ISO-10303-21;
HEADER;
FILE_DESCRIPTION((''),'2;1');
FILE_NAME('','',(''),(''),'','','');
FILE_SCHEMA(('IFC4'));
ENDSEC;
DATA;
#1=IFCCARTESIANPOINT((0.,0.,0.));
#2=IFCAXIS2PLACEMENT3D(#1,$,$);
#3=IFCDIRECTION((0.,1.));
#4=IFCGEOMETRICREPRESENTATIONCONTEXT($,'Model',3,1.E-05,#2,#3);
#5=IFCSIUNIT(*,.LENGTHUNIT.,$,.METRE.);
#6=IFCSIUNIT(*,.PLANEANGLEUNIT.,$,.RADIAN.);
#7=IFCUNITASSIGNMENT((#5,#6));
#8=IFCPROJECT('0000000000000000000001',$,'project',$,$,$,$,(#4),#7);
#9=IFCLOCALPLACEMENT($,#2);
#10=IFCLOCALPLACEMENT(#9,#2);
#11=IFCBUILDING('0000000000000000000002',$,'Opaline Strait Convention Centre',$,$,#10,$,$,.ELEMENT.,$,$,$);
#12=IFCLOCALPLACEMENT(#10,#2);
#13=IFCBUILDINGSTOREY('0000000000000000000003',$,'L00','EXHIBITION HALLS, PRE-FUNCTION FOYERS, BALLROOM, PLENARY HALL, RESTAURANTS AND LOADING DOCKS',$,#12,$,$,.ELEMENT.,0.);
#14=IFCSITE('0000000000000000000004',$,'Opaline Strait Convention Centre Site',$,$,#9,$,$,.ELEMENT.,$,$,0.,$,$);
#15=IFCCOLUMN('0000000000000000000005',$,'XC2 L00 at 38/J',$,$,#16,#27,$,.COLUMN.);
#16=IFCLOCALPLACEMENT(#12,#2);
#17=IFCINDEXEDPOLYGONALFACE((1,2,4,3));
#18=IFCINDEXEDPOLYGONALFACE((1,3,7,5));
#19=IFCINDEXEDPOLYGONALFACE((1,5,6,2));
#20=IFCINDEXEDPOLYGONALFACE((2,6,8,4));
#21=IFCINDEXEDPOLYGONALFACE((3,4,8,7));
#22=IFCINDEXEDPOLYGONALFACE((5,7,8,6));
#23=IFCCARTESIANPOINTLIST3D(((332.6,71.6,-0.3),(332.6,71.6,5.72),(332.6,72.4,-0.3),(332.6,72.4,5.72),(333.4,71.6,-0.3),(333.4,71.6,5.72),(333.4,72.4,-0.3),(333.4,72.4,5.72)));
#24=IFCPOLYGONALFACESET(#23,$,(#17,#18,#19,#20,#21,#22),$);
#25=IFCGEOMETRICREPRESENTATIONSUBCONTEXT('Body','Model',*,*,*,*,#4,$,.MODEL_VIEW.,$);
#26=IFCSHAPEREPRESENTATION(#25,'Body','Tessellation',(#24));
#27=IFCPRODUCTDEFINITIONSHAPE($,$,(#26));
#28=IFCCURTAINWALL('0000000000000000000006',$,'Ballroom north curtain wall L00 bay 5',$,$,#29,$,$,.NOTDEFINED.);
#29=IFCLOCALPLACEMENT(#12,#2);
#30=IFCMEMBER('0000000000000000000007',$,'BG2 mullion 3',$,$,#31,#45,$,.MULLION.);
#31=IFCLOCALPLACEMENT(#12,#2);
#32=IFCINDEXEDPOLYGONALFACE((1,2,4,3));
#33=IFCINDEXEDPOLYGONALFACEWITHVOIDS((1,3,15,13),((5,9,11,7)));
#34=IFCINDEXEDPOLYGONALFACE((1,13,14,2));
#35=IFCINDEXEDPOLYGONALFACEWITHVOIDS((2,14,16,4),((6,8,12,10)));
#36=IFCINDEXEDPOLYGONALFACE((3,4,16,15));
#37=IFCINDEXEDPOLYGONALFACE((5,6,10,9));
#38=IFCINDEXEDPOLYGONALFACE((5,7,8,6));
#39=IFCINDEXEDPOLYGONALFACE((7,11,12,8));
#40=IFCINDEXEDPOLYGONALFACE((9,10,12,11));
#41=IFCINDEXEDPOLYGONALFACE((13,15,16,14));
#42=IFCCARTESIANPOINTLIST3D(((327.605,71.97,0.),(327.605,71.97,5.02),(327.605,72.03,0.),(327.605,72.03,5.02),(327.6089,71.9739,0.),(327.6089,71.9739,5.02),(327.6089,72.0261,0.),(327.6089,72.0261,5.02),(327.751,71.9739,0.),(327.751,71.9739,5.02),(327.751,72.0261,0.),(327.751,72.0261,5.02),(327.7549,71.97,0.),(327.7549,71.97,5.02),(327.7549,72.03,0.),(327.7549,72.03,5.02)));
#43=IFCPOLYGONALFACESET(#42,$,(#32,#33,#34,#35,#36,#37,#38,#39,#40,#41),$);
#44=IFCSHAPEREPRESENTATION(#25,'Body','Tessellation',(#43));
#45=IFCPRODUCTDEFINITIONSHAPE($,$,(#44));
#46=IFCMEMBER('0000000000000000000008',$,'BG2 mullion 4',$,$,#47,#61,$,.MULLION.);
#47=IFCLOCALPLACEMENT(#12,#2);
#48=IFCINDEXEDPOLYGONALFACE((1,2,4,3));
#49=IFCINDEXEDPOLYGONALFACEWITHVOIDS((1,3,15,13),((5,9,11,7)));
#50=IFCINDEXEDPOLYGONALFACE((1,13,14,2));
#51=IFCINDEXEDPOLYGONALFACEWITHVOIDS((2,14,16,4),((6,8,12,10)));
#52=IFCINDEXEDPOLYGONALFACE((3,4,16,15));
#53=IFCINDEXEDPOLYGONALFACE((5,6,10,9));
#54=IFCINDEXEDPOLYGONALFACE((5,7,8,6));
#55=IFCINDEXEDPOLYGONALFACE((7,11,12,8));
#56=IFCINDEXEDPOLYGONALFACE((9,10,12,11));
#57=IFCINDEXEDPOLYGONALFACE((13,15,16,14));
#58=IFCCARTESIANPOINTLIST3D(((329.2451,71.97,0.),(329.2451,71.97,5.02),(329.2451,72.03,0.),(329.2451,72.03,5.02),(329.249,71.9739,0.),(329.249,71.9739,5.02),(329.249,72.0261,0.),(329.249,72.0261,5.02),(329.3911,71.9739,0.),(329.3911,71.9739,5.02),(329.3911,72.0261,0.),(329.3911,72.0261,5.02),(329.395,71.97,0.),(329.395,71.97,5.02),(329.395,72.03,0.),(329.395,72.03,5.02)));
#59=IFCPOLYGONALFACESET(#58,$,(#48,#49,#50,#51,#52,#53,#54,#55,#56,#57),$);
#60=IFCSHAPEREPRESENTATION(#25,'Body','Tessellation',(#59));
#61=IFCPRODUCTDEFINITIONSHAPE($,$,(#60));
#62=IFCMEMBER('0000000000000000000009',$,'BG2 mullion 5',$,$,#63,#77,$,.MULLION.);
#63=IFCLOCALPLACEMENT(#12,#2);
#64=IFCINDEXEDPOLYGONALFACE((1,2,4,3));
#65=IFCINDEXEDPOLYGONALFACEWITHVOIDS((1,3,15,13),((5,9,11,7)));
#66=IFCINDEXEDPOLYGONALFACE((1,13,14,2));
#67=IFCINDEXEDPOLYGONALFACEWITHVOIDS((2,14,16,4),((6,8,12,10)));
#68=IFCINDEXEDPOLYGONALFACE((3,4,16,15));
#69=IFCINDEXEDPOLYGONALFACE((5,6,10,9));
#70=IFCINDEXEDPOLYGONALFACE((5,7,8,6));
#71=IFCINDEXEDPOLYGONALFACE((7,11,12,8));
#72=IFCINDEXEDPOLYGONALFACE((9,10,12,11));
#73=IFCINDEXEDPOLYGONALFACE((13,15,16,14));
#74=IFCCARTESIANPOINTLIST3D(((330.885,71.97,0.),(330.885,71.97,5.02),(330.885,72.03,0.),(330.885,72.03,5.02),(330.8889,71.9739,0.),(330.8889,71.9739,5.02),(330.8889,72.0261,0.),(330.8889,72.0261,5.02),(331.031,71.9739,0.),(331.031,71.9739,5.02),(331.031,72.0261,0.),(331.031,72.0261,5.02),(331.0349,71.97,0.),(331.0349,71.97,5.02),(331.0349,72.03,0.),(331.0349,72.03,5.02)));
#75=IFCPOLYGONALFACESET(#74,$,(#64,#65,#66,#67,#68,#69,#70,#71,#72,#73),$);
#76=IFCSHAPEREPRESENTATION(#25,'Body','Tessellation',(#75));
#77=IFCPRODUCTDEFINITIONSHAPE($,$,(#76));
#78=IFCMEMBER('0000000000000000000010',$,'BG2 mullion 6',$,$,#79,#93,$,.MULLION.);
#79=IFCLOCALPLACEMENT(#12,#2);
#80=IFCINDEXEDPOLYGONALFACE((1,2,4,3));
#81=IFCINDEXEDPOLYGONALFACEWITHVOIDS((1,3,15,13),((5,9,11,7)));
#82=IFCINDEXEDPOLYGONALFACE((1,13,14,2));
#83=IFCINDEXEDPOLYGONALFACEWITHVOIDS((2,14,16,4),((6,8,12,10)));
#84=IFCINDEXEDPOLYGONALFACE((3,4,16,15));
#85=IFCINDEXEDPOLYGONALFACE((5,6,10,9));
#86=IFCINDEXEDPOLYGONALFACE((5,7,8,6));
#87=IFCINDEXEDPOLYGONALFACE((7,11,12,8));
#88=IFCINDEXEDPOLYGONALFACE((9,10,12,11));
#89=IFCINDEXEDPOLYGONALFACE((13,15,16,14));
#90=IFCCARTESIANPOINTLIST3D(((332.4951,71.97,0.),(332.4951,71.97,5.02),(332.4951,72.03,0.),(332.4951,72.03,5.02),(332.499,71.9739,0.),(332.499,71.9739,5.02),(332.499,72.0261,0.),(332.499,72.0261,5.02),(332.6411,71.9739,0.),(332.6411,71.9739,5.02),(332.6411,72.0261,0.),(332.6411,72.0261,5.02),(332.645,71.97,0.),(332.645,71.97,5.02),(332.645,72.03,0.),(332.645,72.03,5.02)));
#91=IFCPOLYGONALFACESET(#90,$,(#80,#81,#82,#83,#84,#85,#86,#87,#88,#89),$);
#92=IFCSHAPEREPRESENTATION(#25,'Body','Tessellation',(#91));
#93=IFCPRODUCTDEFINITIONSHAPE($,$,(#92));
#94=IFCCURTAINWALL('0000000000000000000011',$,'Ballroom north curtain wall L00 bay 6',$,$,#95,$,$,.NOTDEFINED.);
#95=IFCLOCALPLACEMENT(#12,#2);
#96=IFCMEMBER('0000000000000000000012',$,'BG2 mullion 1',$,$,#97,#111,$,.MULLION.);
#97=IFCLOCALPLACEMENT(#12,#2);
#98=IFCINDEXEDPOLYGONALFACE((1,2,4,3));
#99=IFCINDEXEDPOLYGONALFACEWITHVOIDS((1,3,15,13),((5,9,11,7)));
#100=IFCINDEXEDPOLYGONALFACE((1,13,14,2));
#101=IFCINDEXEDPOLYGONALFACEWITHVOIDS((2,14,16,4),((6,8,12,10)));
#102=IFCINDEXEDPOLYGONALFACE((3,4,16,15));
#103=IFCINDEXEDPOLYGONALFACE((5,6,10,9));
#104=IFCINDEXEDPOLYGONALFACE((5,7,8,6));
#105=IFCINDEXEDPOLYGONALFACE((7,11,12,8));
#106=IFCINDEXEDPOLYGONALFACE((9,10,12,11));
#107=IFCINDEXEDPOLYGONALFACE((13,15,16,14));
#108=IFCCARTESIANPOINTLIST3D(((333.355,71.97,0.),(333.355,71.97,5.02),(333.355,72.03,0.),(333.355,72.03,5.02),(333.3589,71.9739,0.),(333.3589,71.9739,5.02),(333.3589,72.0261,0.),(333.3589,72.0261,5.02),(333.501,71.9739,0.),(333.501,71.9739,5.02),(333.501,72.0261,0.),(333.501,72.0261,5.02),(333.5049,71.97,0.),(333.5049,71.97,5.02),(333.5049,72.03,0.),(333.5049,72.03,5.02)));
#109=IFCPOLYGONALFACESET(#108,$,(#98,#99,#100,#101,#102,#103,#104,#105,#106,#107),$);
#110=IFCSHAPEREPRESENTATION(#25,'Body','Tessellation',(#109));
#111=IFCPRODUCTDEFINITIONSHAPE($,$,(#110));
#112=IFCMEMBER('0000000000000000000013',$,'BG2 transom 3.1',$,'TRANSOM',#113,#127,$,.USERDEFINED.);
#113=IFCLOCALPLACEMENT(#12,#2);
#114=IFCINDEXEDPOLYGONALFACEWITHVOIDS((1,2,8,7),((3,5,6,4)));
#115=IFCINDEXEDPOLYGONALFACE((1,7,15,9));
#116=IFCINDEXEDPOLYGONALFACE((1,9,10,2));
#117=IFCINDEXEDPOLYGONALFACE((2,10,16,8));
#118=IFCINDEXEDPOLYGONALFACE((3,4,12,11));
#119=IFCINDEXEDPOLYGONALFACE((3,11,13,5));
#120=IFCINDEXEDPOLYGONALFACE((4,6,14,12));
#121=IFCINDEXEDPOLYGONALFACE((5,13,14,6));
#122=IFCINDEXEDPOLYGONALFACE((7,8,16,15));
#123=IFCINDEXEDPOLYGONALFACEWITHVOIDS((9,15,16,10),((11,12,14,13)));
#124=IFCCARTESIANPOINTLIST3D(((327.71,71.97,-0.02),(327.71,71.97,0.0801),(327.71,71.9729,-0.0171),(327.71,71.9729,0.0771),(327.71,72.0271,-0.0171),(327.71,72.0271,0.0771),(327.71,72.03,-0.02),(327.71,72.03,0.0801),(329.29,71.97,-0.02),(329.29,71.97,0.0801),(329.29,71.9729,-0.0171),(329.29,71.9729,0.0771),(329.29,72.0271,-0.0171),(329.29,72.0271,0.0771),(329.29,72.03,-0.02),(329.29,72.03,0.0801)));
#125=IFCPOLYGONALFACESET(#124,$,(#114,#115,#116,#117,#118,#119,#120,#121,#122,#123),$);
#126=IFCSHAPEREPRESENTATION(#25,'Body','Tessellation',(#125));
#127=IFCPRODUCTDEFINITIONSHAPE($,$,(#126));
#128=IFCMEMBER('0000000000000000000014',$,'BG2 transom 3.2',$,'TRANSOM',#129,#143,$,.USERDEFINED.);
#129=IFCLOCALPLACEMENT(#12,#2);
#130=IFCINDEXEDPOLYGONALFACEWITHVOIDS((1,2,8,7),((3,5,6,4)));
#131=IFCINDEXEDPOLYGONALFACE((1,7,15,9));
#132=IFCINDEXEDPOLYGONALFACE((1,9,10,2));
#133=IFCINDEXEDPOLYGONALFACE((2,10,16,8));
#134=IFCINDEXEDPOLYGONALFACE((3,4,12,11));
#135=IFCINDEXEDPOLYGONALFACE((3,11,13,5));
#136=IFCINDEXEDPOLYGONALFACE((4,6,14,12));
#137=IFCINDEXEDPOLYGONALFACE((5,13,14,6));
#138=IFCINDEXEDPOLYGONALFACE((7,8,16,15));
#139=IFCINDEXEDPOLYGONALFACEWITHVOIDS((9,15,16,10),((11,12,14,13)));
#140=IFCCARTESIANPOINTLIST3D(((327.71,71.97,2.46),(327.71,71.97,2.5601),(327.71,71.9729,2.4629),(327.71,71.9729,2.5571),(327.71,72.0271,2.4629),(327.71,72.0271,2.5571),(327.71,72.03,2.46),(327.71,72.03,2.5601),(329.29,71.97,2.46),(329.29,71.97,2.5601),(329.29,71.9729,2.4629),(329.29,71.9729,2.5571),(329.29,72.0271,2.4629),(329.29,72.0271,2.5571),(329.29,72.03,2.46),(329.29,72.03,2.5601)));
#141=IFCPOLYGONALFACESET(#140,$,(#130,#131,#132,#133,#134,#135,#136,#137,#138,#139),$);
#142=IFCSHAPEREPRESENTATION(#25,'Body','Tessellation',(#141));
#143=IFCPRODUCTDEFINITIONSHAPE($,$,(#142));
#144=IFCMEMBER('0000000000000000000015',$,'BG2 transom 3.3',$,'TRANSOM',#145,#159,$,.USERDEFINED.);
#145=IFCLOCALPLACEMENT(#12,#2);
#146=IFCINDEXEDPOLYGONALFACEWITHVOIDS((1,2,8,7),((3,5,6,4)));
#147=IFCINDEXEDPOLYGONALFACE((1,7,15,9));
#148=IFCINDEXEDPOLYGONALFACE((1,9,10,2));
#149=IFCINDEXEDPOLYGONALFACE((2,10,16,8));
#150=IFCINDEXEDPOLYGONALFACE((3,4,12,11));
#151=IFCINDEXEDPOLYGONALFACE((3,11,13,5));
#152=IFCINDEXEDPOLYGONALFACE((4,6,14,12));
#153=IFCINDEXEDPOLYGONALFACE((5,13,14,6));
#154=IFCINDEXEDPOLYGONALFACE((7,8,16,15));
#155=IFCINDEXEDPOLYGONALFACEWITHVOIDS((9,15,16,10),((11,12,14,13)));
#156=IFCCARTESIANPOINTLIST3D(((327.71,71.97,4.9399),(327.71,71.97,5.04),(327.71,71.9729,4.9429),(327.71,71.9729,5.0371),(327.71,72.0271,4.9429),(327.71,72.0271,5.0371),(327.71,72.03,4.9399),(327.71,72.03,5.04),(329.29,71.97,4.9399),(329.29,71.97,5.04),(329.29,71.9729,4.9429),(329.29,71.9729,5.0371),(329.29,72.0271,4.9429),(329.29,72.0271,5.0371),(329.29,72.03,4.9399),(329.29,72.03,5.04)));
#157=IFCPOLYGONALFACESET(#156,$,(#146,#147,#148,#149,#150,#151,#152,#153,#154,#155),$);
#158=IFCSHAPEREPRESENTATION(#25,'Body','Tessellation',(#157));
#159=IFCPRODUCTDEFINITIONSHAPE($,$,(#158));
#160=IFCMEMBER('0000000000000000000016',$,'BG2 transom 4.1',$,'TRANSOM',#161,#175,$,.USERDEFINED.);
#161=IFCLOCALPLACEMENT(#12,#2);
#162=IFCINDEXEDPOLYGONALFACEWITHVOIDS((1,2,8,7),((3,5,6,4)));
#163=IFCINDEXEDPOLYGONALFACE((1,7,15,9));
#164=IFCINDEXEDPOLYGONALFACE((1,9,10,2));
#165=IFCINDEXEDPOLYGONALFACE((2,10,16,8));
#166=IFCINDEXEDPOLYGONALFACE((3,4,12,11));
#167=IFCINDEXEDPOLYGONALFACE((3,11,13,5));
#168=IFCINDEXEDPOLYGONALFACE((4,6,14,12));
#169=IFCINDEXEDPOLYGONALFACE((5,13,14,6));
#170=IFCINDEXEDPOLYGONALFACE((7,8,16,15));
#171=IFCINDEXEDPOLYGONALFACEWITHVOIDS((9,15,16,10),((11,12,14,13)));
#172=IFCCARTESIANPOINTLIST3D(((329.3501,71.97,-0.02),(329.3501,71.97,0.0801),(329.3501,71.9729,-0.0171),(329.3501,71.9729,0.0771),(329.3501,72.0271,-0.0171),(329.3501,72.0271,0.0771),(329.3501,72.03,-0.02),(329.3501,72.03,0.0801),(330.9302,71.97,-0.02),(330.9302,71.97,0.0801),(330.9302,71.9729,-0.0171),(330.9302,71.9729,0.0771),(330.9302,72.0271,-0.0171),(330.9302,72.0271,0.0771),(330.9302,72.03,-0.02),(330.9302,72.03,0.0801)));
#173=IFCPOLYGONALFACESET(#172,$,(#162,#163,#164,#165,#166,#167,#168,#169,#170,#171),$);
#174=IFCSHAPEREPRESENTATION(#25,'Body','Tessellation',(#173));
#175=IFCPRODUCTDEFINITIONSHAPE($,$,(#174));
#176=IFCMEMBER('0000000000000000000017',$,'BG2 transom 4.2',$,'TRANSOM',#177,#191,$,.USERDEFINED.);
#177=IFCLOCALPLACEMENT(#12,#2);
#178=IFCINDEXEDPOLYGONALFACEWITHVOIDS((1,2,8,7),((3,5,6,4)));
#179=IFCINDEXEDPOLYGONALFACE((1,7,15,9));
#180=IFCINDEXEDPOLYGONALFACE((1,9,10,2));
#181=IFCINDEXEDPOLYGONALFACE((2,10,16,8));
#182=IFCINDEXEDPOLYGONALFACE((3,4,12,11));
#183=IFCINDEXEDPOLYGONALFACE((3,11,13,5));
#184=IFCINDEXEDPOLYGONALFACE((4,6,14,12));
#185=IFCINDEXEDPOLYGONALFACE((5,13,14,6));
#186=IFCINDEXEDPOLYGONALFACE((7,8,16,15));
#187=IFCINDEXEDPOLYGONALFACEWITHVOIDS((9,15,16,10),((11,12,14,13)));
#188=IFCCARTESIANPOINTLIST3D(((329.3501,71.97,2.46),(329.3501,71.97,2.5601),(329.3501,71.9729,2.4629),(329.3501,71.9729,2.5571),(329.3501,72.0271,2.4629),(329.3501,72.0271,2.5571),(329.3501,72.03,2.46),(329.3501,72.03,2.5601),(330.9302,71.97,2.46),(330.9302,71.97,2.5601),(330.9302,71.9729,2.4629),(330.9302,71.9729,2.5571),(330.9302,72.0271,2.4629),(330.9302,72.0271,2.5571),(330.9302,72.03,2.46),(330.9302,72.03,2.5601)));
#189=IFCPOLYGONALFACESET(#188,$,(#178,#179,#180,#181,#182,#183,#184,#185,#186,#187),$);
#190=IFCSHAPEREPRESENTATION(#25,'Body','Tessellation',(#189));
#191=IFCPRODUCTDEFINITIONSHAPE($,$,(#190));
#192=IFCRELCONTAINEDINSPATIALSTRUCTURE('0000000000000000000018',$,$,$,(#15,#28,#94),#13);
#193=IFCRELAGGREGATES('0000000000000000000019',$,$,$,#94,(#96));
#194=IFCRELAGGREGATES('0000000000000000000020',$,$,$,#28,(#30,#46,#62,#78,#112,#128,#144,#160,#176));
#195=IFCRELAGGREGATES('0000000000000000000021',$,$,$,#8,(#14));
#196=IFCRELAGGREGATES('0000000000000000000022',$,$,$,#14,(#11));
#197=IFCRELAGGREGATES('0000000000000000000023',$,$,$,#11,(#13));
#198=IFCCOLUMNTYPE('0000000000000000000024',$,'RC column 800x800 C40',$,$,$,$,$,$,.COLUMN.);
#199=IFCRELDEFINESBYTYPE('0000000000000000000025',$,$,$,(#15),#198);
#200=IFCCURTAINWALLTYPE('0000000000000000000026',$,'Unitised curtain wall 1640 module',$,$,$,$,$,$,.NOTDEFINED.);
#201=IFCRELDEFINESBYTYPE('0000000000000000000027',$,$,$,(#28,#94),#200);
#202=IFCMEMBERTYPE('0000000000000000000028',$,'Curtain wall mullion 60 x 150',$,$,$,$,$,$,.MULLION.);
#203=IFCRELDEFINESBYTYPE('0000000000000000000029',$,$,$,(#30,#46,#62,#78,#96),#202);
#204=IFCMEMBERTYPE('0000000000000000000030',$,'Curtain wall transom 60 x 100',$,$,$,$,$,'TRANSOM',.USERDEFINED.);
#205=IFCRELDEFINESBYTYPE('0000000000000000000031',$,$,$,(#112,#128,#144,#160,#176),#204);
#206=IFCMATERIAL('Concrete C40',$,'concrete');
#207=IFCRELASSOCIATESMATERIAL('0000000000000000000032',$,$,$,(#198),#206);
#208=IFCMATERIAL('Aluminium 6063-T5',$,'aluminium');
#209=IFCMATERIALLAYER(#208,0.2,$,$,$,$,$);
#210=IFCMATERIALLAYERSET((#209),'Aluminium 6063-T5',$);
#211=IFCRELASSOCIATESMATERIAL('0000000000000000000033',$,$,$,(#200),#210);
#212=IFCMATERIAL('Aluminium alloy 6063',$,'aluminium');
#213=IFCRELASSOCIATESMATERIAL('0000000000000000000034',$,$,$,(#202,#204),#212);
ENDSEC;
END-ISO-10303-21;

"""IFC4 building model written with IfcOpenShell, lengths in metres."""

from ifc_helpers import new_model, si_unit, direction, frame, origin, origin_2d, place, context, subcontext, project, spatial, rectangle, hollow_rectangle, extrude, material, layer, layer_set, material_profile, profile_set, type_object, element, aggregate, save


model = new_model("IFC4")

# Units and contexts
model_context = context("Model", 3, precision=1e-05, world=origin(), true_north=direction((0.0, 1.0)))
body_context = subcontext(model_context, "Body", "Model", "MODEL_VIEW")
ifc_project = project(units=[si_unit("LENGTHUNIT", "METRE"), si_unit("PLANEANGLEUNIT", "RADIAN")], contexts=[model_context])

# Site, building, storey
site_placement = place(None, origin())
site = spatial("IfcSite", under=ifc_project, at=site_placement, Name="Opaline Strait Convention Centre Site", CompositionType="ELEMENT", RefElevation=0.0)
building_placement = place(site_placement, origin())
building = spatial("IfcBuilding", under=site, at=building_placement, Name="Opaline Strait Convention Centre", CompositionType="ELEMENT")
storey_placement = place(building_placement, origin())
storey = spatial("IfcBuildingStorey", under=building, at=storey_placement, Name="L00", Description="EXHIBITION HALLS, PRE-FUNCTION FOYERS, BALLROOM, PLENARY HALL, RESTAURANTS AND LOADING DOCKS", CompositionType="ELEMENT", Elevation=0.0)

# Column
ifc_material_1 = material(Name="Concrete C40", Category="concrete")
ifc_material_profile_1 = material_profile(ifc_material_1, rectangle(XDim=0.8, YDim=0.8, at=origin_2d()), Name="RC 800x800")
ifc_profile_set_1 = profile_set([ifc_material_profile_1], Name="Concrete C40")
column_type = type_object("IfcColumnType", Name="RC column 800x800 C40", PredefinedType="COLUMN", material=ifc_profile_set_1)
column_placement = place(storey_placement, frame((333.0, 72.0, -0.3), z_axis=(0.0, 0.0, 1.0), x_axis=(1.0, 0.0, 0.0)))
element("IfcColumn", 1, at=column_placement, inside=storey, type_object=column_type, Name="XC2 L00 at 38/J", PredefinedType="COLUMN", context=body_context, shape_type="SweptSolid", body=[
    extrude(rectangle(XDim=0.8, YDim=0.8, at=origin_2d()), origin(), (0.0, 0.0, 1.0), 6.02),
])

# Curtain wall, members
ifc_material_2 = material(Name="Aluminium 6063-T5", Category="aluminium")
ifc_layer_1 = layer(ifc_material_2, 0.2)
ifc_layer_set_1 = layer_set([ifc_layer_1], Name="Aluminium 6063-T5")
curtain_wall_type = type_object("IfcCurtainWallType", Name="Unitised curtain wall 1640 module", PredefinedType="NOTDEFINED", material=ifc_layer_set_1)
curtain_wall_1_placement = place(storey_placement, origin())
curtain_wall_1 = element("IfcCurtainWall", 2, at=curtain_wall_1_placement, inside=storey, type_object=curtain_wall_type, Name="Ballroom north curtain wall L00 bay 5", PredefinedType="NOTDEFINED")
ifc_material_3 = material(Name="Aluminium alloy 6063", Category="aluminium")
ifc_material_profile_2 = material_profile(ifc_material_3, hollow_rectangle(XDim=0.0601, YDim=0.1499, WallThickness=0.0039, at=origin_2d()), Name="MULLION 60x150x4")
ifc_profile_set_2 = profile_set([ifc_material_profile_2], Name="Aluminium alloy 6063")
member_type_1 = type_object("IfcMemberType", Name="Curtain wall mullion 60 x 150", PredefinedType="MULLION", material=ifc_profile_set_2)
member_1_placement = place(storey_placement, frame((327.6799, 72.0, 0.0), z_axis=(0.0, 0.0, 1.0), x_axis=(0.0, 1.0, 0.0)))
member_1 = element("IfcMember", 3, at=member_1_placement, type_object=member_type_1, Name="BG2 mullion 3", PredefinedType="MULLION", context=body_context, shape_type="SweptSolid", body=[
    extrude(hollow_rectangle(XDim=0.0601, YDim=0.1499, WallThickness=0.0039, at=origin_2d()), origin(), (0.0, 0.0, 1.0), 5.02),
])
member_2_placement = place(storey_placement, frame((329.3201, 72.0, 0.0), z_axis=(0.0, 0.0, 1.0), x_axis=(0.0, 1.0, 0.0)))
member_2 = element("IfcMember", 4, at=member_2_placement, type_object=member_type_1, Name="BG2 mullion 4", PredefinedType="MULLION", context=body_context, shape_type="SweptSolid", body=[
    extrude(hollow_rectangle(XDim=0.0601, YDim=0.1499, WallThickness=0.0039, at=origin_2d()), origin(), (0.0, 0.0, 1.0), 5.02),
])
member_3_placement = place(storey_placement, frame((330.96, 72.0, 0.0), z_axis=(0.0, 0.0, 1.0), x_axis=(0.0, 1.0, 0.0)))
member_3 = element("IfcMember", 5, at=member_3_placement, type_object=member_type_1, Name="BG2 mullion 5", PredefinedType="MULLION", context=body_context, shape_type="SweptSolid", body=[
    extrude(hollow_rectangle(XDim=0.0601, YDim=0.1499, WallThickness=0.0039, at=origin_2d()), origin(), (0.0, 0.0, 1.0), 5.02),
])
member_4_placement = place(storey_placement, frame((332.5701, 72.0, 0.0), z_axis=(0.0, 0.0, 1.0), x_axis=(0.0, 1.0, 0.0)))
member_4 = element("IfcMember", 6, at=member_4_placement, type_object=member_type_1, Name="BG2 mullion 6", PredefinedType="MULLION", context=body_context, shape_type="SweptSolid", body=[
    extrude(hollow_rectangle(XDim=0.0601, YDim=0.1499, WallThickness=0.0039, at=origin_2d()), origin(), (0.0, 0.0, 1.0), 5.02),
])

# Curtain wall, member
curtain_wall_2_placement = place(storey_placement, origin())
curtain_wall_2 = element("IfcCurtainWall", 7, at=curtain_wall_2_placement, inside=storey, type_object=curtain_wall_type, Name="Ballroom north curtain wall L00 bay 6", PredefinedType="NOTDEFINED")
member_5_placement = place(storey_placement, frame((333.4299, 72.0, 0.0), z_axis=(0.0, 0.0, 1.0), x_axis=(0.0, 1.0, 0.0)))
member_5 = element("IfcMember", 8, at=member_5_placement, type_object=member_type_1, Name="BG2 mullion 1", PredefinedType="MULLION", context=body_context, shape_type="SweptSolid", body=[
    extrude(hollow_rectangle(XDim=0.0601, YDim=0.1499, WallThickness=0.0039, at=origin_2d()), origin(), (0.0, 0.0, 1.0), 5.02),
])

# Members
ifc_material_profile_3 = material_profile(ifc_material_3, hollow_rectangle(XDim=0.0601, YDim=0.1001, WallThickness=0.0029, at=origin_2d()), Name="TRANSOM 60x100x3")
ifc_profile_set_3 = profile_set([ifc_material_profile_3], Name="Aluminium alloy 6063")
member_type_2 = type_object("IfcMemberType", Name="Curtain wall transom 60 x 100", ElementType="TRANSOM", PredefinedType="USERDEFINED", material=ifc_profile_set_3)
member_6_placement = place(storey_placement, frame((327.71, 72.0, 0.03), z_axis=(1.0, 0.0, 0.0), x_axis=(0.0, 1.0, 0.0)))
member_6 = element("IfcMember", 9, at=member_6_placement, type_object=member_type_2, Name="BG2 transom 3.1", ObjectType="TRANSOM", PredefinedType="USERDEFINED", context=body_context, shape_type="SweptSolid", body=[
    extrude(hollow_rectangle(XDim=0.0601, YDim=0.1001, WallThickness=0.0029, at=origin_2d()), origin(), (0.0, 0.0, 1.0), 1.5801),
])
member_7_placement = place(storey_placement, frame((327.71, 72.0, 2.51), z_axis=(1.0, 0.0, 0.0), x_axis=(0.0, 1.0, 0.0)))
member_7 = element("IfcMember", 10, at=member_7_placement, type_object=member_type_2, Name="BG2 transom 3.2", ObjectType="TRANSOM", PredefinedType="USERDEFINED", context=body_context, shape_type="SweptSolid", body=[
    extrude(hollow_rectangle(XDim=0.0601, YDim=0.1001, WallThickness=0.0029, at=origin_2d()), origin(), (0.0, 0.0, 1.0), 1.5801),
])
member_8_placement = place(storey_placement, frame((327.71, 72.0, 4.99), z_axis=(1.0, 0.0, 0.0), x_axis=(0.0, 1.0, 0.0)))
member_8 = element("IfcMember", 11, at=member_8_placement, type_object=member_type_2, Name="BG2 transom 3.3", ObjectType="TRANSOM", PredefinedType="USERDEFINED", context=body_context, shape_type="SweptSolid", body=[
    extrude(hollow_rectangle(XDim=0.0601, YDim=0.1001, WallThickness=0.0029, at=origin_2d()), origin(), (0.0, 0.0, 1.0), 1.5801),
])
member_9_placement = place(storey_placement, frame((329.3501, 72.0, 0.03), z_axis=(1.0, 0.0, 0.0), x_axis=(0.0, 1.0, 0.0)))
member_9 = element("IfcMember", 12, at=member_9_placement, type_object=member_type_2, Name="BG2 transom 4.1", ObjectType="TRANSOM", PredefinedType="USERDEFINED", context=body_context, shape_type="SweptSolid", body=[
    extrude(hollow_rectangle(XDim=0.0601, YDim=0.1001, WallThickness=0.0029, at=origin_2d()), origin(), (0.0, 0.0, 1.0), 1.5801),
])
member_10_placement = place(storey_placement, frame((329.3501, 72.0, 2.51), z_axis=(1.0, 0.0, 0.0), x_axis=(0.0, 1.0, 0.0)))
member_10 = element("IfcMember", 13, at=member_10_placement, type_object=member_type_2, Name="BG2 transom 4.2", ObjectType="TRANSOM", PredefinedType="USERDEFINED", context=body_context, shape_type="SweptSolid", body=[
    extrude(hollow_rectangle(XDim=0.0601, YDim=0.1001, WallThickness=0.0029, at=origin_2d()), origin(), (0.0, 0.0, 1.0), 1.5801),
])
aggregate(curtain_wall_2, [member_5])

aggregate(curtain_wall_1, [member_1, member_2, member_3, member_4, member_6, member_7, member_8, member_9, member_10])

save(model, "model.ifc")
